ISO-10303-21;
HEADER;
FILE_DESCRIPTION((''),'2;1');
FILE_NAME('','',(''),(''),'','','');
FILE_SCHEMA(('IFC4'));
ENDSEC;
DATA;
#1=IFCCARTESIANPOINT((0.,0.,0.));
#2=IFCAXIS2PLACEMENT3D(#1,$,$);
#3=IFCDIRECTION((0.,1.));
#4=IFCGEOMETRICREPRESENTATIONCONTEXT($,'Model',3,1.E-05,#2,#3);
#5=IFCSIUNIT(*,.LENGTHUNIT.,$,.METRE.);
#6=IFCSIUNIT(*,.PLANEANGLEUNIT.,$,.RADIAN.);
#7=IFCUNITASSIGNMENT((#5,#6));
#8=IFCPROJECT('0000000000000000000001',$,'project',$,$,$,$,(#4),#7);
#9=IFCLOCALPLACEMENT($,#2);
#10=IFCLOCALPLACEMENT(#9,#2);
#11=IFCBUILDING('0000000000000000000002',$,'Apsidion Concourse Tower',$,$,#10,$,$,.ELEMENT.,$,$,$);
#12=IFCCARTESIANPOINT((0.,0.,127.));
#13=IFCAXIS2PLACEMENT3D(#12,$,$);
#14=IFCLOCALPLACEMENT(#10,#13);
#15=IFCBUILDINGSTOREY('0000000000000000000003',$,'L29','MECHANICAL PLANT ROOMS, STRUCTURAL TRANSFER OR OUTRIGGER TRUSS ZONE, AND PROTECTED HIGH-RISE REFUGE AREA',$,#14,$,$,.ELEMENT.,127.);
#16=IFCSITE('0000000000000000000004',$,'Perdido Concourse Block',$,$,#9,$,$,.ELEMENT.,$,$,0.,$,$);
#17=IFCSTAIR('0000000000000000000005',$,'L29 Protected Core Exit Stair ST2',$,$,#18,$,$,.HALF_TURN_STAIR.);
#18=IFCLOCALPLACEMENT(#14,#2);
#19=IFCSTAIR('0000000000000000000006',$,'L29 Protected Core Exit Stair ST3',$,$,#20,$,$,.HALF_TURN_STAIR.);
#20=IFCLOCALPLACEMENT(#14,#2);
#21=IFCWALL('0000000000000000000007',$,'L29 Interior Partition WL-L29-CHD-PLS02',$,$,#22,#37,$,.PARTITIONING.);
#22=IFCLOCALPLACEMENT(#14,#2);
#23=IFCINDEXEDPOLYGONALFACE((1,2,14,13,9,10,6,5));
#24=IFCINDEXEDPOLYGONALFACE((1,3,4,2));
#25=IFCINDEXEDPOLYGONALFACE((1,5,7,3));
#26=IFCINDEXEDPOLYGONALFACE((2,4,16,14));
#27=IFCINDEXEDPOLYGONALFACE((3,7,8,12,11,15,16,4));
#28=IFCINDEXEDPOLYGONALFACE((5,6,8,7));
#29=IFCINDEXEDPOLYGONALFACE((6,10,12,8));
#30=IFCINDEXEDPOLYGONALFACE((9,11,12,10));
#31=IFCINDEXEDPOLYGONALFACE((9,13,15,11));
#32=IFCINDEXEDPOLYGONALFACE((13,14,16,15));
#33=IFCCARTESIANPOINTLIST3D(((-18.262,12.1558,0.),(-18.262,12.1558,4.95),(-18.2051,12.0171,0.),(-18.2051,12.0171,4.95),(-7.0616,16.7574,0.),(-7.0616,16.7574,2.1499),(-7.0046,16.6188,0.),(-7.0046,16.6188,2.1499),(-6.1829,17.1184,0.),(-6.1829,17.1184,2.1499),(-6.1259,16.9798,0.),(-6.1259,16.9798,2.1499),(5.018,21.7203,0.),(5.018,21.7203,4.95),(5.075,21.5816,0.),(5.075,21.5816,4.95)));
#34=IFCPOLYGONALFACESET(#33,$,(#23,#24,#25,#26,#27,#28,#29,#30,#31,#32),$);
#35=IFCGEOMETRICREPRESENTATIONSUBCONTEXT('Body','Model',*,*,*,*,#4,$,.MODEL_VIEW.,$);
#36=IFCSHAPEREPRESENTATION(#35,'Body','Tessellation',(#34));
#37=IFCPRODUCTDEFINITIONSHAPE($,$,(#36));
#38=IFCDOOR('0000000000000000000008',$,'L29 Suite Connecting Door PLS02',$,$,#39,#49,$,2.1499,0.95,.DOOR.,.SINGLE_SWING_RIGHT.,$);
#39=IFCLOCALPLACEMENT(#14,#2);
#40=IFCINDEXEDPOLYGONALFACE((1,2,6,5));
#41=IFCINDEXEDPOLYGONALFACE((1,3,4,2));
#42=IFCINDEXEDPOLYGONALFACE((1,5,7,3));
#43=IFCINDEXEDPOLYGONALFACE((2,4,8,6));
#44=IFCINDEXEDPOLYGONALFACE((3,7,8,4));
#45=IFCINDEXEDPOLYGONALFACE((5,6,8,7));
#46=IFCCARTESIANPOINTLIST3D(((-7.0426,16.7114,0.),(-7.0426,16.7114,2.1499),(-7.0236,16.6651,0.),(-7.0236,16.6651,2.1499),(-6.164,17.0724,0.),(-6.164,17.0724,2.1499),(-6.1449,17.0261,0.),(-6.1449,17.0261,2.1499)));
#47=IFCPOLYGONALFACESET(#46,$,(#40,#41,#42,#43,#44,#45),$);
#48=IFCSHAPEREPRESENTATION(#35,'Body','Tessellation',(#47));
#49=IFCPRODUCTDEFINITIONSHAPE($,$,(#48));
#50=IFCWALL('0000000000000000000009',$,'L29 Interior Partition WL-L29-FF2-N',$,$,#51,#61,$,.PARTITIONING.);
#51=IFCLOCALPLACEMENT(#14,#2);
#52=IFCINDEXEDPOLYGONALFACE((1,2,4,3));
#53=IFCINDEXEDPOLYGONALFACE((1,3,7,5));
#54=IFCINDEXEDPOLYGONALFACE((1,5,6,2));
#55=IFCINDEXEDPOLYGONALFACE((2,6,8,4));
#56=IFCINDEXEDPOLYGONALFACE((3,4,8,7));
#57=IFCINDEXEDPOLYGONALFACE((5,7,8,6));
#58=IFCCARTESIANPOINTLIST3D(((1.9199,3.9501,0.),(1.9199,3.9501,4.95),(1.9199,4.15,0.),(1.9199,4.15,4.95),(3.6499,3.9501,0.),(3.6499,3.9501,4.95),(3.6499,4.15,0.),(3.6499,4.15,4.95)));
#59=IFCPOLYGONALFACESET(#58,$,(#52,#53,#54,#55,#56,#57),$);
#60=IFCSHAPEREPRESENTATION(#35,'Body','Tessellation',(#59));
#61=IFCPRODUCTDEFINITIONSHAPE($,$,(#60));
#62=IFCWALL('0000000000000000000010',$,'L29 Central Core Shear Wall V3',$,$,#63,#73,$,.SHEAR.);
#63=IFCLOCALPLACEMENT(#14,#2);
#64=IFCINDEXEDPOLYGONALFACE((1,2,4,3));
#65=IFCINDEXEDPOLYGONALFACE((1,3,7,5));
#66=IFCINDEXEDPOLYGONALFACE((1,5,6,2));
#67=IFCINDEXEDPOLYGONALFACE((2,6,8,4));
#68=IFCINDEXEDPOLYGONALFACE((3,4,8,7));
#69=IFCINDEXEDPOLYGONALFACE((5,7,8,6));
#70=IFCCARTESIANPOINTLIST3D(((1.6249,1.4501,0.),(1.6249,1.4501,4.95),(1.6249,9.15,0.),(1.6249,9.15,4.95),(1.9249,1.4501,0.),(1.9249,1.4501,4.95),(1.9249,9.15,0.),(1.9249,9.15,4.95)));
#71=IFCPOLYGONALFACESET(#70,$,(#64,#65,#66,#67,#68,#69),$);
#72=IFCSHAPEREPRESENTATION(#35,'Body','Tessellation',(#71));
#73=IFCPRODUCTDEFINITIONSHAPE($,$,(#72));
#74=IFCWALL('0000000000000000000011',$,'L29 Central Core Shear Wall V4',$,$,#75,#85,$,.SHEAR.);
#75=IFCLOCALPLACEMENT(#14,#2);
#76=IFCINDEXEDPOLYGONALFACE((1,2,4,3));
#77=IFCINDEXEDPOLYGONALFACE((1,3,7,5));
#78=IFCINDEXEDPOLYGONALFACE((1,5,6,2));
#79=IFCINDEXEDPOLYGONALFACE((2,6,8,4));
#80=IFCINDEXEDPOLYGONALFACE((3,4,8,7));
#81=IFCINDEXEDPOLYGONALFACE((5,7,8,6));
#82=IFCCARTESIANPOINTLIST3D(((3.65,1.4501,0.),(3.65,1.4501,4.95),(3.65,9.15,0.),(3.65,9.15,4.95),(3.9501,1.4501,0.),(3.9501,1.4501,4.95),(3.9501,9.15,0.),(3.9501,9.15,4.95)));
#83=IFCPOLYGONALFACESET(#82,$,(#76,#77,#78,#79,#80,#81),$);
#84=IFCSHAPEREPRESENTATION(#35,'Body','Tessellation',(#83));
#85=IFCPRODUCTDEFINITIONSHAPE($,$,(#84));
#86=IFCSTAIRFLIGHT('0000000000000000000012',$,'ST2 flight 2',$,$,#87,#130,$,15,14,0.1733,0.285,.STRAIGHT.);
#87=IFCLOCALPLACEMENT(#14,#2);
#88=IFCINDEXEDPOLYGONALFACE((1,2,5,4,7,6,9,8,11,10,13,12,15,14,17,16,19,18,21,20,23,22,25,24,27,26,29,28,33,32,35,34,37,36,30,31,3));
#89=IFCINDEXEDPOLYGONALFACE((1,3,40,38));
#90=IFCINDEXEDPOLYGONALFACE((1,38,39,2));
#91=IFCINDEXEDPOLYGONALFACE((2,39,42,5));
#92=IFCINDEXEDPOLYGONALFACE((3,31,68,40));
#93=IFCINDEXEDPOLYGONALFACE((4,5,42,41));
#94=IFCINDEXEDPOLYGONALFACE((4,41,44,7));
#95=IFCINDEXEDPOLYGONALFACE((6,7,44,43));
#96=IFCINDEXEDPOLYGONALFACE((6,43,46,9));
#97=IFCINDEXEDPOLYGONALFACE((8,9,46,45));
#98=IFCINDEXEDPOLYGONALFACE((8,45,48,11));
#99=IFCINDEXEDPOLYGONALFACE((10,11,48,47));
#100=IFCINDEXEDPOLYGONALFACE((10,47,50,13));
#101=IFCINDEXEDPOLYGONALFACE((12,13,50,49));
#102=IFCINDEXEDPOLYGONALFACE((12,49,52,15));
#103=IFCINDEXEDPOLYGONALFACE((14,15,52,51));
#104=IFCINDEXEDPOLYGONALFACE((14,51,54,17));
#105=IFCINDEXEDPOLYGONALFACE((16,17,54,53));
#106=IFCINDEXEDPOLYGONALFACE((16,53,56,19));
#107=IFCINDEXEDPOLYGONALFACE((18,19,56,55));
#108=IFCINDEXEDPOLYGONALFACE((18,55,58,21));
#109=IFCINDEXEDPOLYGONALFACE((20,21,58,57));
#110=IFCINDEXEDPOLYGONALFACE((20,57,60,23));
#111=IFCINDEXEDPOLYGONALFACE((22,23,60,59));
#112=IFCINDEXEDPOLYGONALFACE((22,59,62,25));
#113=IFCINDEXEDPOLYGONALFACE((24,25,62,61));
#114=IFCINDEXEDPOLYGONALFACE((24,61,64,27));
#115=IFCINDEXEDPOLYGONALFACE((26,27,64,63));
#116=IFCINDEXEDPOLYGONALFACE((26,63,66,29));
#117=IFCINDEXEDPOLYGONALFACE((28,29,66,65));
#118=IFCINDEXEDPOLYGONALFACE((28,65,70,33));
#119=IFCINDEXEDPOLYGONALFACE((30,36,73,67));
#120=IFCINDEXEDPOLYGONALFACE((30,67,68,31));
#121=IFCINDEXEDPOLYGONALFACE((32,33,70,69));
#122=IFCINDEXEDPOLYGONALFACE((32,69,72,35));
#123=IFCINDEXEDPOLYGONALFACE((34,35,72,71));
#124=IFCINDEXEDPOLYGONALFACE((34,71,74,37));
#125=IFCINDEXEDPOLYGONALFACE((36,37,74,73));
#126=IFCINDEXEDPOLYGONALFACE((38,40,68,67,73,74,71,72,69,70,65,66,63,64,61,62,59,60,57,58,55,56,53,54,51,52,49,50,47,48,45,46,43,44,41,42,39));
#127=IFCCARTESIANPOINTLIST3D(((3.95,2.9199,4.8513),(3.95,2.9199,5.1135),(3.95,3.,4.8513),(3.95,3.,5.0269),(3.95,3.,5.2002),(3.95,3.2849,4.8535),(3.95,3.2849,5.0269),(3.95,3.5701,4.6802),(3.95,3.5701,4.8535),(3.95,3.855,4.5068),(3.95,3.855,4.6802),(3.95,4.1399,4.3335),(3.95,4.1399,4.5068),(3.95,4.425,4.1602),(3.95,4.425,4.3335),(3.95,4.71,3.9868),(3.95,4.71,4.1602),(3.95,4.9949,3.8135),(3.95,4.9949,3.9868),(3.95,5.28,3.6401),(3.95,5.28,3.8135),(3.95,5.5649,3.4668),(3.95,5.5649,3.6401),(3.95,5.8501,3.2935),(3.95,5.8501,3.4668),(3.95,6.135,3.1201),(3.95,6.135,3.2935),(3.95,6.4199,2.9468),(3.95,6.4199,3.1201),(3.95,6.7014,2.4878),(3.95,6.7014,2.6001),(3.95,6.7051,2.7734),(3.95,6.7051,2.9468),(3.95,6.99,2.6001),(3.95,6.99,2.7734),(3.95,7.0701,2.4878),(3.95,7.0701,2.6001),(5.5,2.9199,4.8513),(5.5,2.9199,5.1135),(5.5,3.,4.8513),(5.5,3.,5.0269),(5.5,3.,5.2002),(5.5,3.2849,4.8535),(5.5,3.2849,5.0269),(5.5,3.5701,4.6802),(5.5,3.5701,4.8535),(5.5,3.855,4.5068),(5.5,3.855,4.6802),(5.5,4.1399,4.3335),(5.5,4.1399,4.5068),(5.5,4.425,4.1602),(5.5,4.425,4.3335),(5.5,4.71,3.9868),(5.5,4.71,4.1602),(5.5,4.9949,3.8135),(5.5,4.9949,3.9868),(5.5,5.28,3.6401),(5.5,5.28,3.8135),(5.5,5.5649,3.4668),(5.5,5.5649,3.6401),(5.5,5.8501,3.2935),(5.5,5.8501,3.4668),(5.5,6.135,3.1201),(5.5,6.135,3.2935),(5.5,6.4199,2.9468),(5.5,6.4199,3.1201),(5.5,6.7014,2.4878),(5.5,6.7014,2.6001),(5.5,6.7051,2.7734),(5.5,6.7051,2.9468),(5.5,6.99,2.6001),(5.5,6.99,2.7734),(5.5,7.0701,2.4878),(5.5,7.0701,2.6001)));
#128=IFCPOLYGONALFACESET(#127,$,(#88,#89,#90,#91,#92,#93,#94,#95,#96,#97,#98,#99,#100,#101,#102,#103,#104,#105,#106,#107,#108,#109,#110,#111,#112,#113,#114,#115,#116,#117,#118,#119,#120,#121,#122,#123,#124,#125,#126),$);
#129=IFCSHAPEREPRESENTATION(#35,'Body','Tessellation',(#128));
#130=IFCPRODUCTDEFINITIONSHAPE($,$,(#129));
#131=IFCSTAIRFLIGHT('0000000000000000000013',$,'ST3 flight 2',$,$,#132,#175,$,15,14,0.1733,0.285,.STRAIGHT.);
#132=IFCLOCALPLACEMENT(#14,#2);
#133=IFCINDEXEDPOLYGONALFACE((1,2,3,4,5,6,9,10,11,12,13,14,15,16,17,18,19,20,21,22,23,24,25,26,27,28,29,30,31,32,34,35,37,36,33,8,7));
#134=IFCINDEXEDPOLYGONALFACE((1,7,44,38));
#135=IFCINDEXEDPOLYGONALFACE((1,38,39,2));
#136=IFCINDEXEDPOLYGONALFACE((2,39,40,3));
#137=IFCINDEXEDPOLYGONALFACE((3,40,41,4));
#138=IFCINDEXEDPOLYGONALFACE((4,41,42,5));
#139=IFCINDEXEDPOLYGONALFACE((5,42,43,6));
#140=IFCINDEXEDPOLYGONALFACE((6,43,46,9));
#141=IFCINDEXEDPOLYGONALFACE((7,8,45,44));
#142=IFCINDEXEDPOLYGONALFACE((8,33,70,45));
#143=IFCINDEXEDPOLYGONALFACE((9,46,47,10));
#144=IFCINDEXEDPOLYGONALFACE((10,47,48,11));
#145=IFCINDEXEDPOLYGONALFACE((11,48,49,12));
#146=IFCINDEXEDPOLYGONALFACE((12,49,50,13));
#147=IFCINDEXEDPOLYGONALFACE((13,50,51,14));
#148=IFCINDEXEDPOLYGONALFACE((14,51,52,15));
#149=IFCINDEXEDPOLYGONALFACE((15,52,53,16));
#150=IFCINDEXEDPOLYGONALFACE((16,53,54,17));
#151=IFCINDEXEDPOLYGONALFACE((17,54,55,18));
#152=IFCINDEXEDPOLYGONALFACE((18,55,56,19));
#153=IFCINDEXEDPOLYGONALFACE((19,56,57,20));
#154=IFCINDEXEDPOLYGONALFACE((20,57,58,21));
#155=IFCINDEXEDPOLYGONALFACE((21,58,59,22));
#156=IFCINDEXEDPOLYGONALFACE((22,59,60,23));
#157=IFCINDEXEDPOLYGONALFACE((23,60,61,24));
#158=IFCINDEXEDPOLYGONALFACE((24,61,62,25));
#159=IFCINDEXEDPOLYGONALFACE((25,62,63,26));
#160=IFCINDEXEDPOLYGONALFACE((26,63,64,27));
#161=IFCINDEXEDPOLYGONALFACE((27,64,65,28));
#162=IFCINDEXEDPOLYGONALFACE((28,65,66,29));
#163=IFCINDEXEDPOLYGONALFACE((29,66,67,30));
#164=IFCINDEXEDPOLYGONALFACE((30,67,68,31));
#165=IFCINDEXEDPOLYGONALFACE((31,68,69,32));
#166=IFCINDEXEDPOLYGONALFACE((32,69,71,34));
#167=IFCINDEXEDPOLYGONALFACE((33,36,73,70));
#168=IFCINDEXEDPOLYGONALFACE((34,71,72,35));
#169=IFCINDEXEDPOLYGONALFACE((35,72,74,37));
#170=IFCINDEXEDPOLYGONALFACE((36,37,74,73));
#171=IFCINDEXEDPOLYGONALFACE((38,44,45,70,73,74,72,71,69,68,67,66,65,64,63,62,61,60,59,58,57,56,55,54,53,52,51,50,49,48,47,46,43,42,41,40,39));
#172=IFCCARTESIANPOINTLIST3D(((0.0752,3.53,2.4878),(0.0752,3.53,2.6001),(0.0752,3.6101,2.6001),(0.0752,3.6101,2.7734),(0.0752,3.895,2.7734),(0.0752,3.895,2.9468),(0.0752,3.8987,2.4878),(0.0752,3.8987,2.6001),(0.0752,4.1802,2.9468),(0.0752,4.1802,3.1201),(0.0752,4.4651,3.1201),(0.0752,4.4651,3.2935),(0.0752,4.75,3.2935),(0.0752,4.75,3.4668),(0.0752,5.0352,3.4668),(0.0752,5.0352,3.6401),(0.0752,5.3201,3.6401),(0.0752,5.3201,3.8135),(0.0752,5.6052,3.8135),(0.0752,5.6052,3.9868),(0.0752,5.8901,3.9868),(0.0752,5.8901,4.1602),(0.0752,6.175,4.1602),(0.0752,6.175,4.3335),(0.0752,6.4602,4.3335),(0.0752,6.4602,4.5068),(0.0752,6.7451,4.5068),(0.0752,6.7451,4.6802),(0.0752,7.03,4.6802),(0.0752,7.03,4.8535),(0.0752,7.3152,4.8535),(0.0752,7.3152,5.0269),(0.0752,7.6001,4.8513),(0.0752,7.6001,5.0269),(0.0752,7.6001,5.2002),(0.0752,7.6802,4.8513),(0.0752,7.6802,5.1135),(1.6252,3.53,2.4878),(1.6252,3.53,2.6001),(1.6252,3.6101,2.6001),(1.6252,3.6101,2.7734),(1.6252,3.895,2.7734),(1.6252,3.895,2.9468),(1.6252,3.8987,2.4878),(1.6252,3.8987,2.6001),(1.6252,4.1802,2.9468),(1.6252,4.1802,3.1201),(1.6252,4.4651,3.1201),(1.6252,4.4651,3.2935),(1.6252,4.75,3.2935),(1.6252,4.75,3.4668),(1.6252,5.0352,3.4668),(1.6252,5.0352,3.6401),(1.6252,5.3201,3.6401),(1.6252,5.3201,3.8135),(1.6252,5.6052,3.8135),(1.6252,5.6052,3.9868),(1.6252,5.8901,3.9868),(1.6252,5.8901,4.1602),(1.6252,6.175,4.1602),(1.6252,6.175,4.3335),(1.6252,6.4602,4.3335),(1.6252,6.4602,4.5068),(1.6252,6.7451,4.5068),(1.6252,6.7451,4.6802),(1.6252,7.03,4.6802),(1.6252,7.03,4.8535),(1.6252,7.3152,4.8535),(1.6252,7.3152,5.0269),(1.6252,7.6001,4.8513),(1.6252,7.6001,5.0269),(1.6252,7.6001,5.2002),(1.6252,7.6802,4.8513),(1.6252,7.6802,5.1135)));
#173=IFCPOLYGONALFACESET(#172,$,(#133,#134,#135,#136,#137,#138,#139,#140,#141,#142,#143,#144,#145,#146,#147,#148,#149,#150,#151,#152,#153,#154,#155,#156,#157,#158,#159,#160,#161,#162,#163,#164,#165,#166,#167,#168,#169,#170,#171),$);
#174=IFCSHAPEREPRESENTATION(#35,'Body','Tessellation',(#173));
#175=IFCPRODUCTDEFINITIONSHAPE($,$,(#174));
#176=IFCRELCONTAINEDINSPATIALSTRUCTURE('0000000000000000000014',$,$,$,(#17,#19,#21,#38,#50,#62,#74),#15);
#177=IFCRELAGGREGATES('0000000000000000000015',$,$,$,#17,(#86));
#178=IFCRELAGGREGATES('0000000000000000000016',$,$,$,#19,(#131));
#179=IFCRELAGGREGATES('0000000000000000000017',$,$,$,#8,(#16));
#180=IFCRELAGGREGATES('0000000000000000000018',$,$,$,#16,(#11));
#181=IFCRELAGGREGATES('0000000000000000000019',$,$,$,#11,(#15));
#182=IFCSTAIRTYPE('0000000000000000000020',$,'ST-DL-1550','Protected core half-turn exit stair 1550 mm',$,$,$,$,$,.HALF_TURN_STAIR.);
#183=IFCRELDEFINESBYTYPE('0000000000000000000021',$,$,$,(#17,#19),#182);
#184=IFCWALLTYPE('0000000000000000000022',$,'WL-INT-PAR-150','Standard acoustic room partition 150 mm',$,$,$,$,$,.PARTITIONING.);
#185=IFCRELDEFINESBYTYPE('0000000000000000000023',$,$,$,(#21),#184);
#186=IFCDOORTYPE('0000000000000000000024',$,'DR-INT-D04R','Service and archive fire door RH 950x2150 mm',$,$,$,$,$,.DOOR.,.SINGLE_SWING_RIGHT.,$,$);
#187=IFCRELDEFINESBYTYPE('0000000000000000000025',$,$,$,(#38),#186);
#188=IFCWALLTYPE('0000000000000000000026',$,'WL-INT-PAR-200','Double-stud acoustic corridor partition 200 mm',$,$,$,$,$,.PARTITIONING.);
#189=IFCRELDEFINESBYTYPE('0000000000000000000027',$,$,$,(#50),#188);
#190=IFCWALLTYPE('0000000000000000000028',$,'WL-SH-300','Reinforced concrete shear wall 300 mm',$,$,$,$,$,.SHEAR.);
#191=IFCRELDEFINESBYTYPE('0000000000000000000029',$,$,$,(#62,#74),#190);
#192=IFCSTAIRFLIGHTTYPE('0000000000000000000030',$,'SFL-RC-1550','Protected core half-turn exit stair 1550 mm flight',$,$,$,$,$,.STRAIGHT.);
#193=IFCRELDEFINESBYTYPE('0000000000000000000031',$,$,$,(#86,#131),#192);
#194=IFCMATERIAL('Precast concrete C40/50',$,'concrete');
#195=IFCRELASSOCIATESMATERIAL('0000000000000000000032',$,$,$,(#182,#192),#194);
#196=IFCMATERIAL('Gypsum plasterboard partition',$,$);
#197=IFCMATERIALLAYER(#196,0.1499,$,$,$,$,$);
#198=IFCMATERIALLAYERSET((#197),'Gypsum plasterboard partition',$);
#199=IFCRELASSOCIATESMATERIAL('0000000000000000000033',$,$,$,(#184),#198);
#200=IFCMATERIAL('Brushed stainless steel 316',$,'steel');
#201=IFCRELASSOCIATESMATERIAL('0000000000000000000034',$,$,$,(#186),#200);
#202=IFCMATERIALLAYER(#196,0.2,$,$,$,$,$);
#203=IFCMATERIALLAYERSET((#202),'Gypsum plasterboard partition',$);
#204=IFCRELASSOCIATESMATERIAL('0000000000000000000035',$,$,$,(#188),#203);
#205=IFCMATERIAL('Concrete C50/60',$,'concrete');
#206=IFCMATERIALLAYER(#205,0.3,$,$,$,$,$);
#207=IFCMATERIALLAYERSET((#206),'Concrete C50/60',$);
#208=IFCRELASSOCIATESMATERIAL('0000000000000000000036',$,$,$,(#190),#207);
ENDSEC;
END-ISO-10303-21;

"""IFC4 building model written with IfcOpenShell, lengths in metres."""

from ifc_helpers import new_model, si_unit, direction, frame, frame_2d, origin, place, context, subcontext, project, spatial, polyline, rectangle, outline, extrude, material, layer, layer_set, type_object, element, fill, aggregate, save


model = new_model("IFC4")

# Units and contexts
model_context = context("Model", 3, precision=1e-05, world=origin(), true_north=direction((0.0, 1.0)))
body_context = subcontext(model_context, "Body", "Model", "MODEL_VIEW")
ifc_project = project(units=[si_unit("LENGTHUNIT", "METRE"), si_unit("PLANEANGLEUNIT", "RADIAN")], contexts=[model_context])

# Site, building, storey
site_placement = place(None, origin())
site = spatial("IfcSite", under=ifc_project, at=site_placement, Name="Perdido Concourse Block", CompositionType="ELEMENT", RefElevation=0.0)
building_placement = place(site_placement, origin())
building = spatial("IfcBuilding", under=site, at=building_placement, Name="Apsidion Concourse Tower", CompositionType="ELEMENT")
storey_placement = place(building_placement, frame((0.0, 0.0, 127.0)))
storey = spatial("IfcBuildingStorey", under=building, at=storey_placement, Name="L29", Description="MECHANICAL PLANT ROOMS, STRUCTURAL TRANSFER OR OUTRIGGER TRUSS ZONE, AND PROTECTED HIGH-RISE REFUGE AREA", CompositionType="ELEMENT", Elevation=127.0)

# Shared definitions
ifc_material_1 = material(Name="Concrete C50/60", Category="concrete")

# Stairs
ifc_material_2 = material(Name="Precast concrete C40/50", Category="concrete")
stair_type = type_object("IfcStairType", Name="ST-DL-1550", Description="Protected core half-turn exit stair 1550 mm", PredefinedType="HALF_TURN_STAIR", material=ifc_material_2)
stair_1_placement = place(storey_placement, origin())
stair_1 = element("IfcStair", 1, at=stair_1_placement, inside=storey, type_object=stair_type, Name="L29 Protected Core Exit Stair ST2", PredefinedType="HALF_TURN_STAIR")
stair_2_placement = place(storey_placement, origin())
stair_2 = element("IfcStair", 2, at=stair_2_placement, inside=storey, type_object=stair_type, Name="L29 Protected Core Exit Stair ST3", PredefinedType="HALF_TURN_STAIR")

# Shared definitions
ifc_material_3 = material(Name="Gypsum plasterboard partition")
ifc_layer_1 = layer(ifc_material_3, 0.1499)
ifc_layer_set_1 = layer_set([ifc_layer_1], Name="Gypsum plasterboard partition")
wall_type_1 = type_object("IfcWallType", Name="WL-INT-PAR-150", Description="Standard acoustic room partition 150 mm", PredefinedType="PARTITIONING", material=ifc_layer_set_1)

# Wall, opening, door
wall_1_placement = place(storey_placement, frame((5.0464, 21.6509, 0.0), z_axis=(0.0, 0.0, 1.0), x_axis=(-0.924978, -0.380021, 0.0)))
wall_1 = element("IfcWall", 3, at=wall_1_placement, inside=storey, type_object=wall_type_1, Name="L29 Interior Partition WL-L29-CHD-PLS02", PredefinedType="PARTITIONING", context=body_context, shape_type="SweptSolid", body=[
    extrude(rectangle(XDim=25.1682, YDim=0.1499, at=frame_2d((12.584, 0.0))), origin(), (0.0, 0.0, 1.0), 4.95),
])
opening_placement = place(wall_1_placement, frame((12.1091, 0.0, 0.0)))
opening = element("IfcOpeningElement", 4, at=opening_placement, cuts=wall_1, PredefinedType="OPENING", context=body_context, shape_type="SweptSolid", body=[
    extrude(rectangle(XDim=0.95, YDim=2.1499, at=frame_2d((0.4751, 1.075))), frame((0.0, 0.085, 0.0), z_axis=(0.0, -1.0, 0.0), x_axis=(1.0, 0.0, 0.0)), (0.0, 0.0, 1.0), 0.1699),
])
ifc_material_4 = material(Name="Brushed stainless steel 316", Category="steel")
door_type = type_object("IfcDoorType", Name="DR-INT-D04R", Description="Service and archive fire door RH 950x2150 mm", OperationType="SINGLE_SWING_RIGHT", PredefinedType="DOOR", material=ifc_material_4)
door_placement = place(opening_placement, origin())
door = element("IfcDoor", 5, at=door_placement, inside=storey, type_object=door_type, Name="L29 Suite Connecting Door PLS02", OperationType="SINGLE_SWING_RIGHT", OverallHeight=2.1499, OverallWidth=0.95, PredefinedType="DOOR", context=body_context, shape_type="SweptSolid", body=[
    extrude(rectangle(XDim=0.95, YDim=2.1499, at=frame_2d((0.4751, 1.075))), frame((0.0, 0.0249, 0.0), z_axis=(0.0, -1.0, 0.0), x_axis=(1.0, 0.0, 0.0)), (0.0, 0.0, 1.0), 0.05),
])
fill(opening, door)

# Walls
ifc_layer_2 = layer(ifc_material_3, 0.2)
ifc_layer_set_2 = layer_set([ifc_layer_2], Name="Gypsum plasterboard partition")
wall_type_2 = type_object("IfcWallType", Name="WL-INT-PAR-200", Description="Double-stud acoustic corridor partition 200 mm", PredefinedType="PARTITIONING", material=ifc_layer_set_2)
wall_2_placement = place(storey_placement, frame((1.9199, 4.05, 0.0), z_axis=(0.0, 0.0, 1.0), x_axis=(1.0, 0.0, 0.0)))
element("IfcWall", 6, at=wall_2_placement, inside=storey, type_object=wall_type_2, Name="L29 Interior Partition WL-L29-FF2-N", PredefinedType="PARTITIONING", context=body_context, shape_type="SweptSolid", body=[
    extrude(rectangle(XDim=1.73, YDim=0.2, at=frame_2d((0.865, 0.0))), origin(), (0.0, 0.0, 1.0), 4.95),
])
ifc_layer_3 = layer(ifc_material_1, 0.3)
ifc_layer_set_3 = layer_set([ifc_layer_3], Name="Concrete C50/60")
wall_type_3 = type_object("IfcWallType", Name="WL-SH-300", Description="Reinforced concrete shear wall 300 mm", PredefinedType="SHEAR", material=ifc_layer_set_3)
for number, where, z_axis, x_axis, name in (
    (7, (1.7749, 1.45, 0.0), (0.0, 0.0, 1.0), (0.0, 1.0, 0.0), "L29 Central Core Shear Wall V3"),
    (8, (3.8, 1.45, 0.0), (0.0, 0.0, 1.0), (0.0, 1.0, 0.0), "L29 Central Core Shear Wall V4"),
):
    element("IfcWall", number, at=place(storey_placement, frame(where, z_axis=z_axis, x_axis=x_axis)), inside=storey, type_object=wall_type_3, Name=name, PredefinedType="SHEAR", context=body_context, shape_type="SweptSolid", body=[
        extrude(rectangle(XDim=7.7, YDim=0.3, at=frame_2d((3.8501, 0.0))), origin(), (0.0, 0.0, 1.0), 4.95),
    ])

# Stair flights
stair_flight_type = type_object("IfcStairFlightType", Name="SFL-RC-1550", Description="Protected core half-turn exit stair 1550 mm flight", PredefinedType="STRAIGHT", material=ifc_material_2)
stair_flight_1_placement = place(storey_placement, frame((4.7251, 6.99, 2.6001), z_axis=(0.0, 0.0, 1.0), x_axis=(0.0, -1.0, 0.0)))
stair_flight_1 = element("IfcStairFlight", 9, at=stair_flight_1_placement, type_object=stair_flight_type, Name="ST2 flight 2", NumberOfRisers=15, NumberOfTreads=14, PredefinedType="STRAIGHT", RiserHeight=0.1733, TreadLength=0.285, context=body_context, shape_type="SweptSolid", body=[
    extrude(outline(polyline([(-0.0801, -0.1123), (-0.0801, 0.0), (0.0, 0.0), (0.0, 0.1733), (0.2849, 0.1733), (0.2849, 0.3467), (0.5701, 0.3467), (0.5701, 0.52), (0.855, 0.52), (0.855, 0.6934), (1.1399, 0.6934), (1.1399, 0.8667), (1.425, 0.8667), (1.425, 1.04), (1.71, 1.04), (1.71, 1.2134), (1.9951, 1.2134), (1.9951, 1.3867), (2.28, 1.3867), (2.28, 1.5601), (2.5649, 1.5601), (2.5649, 1.7334), (2.8501, 1.7334), (2.8501, 1.9067), (3.135, 1.9067), (3.135, 2.0801), (3.4199, 2.0801), (3.4199, 2.2534), (3.7051, 2.2534), (3.7051, 2.4268), (3.99, 2.4268), (3.99, 2.6001), (4.0701, 2.5134), (4.0701, 2.2512), (3.99, 2.2512), (0.2886, 0.0), (0.2886, -0.1123), (-0.0801, -0.1123)])), frame((0.0, 0.7749, 0.0), z_axis=(0.0, -1.0, 0.0), x_axis=(1.0, 0.0, 0.0)), (0.0, 0.0, 1.0), 1.55),
])
aggregate(stair_1, [stair_flight_1])
stair_flight_2_placement = place(storey_placement, frame((0.8501, 3.6101, 2.6001), z_axis=(0.0, 0.0, 1.0), x_axis=(0.0, 1.0, 0.0)))
stair_flight_2 = element("IfcStairFlight", 10, at=stair_flight_2_placement, type_object=stair_flight_type, Name="ST3 flight 2", NumberOfRisers=15, NumberOfTreads=14, PredefinedType="STRAIGHT", RiserHeight=0.1733, TreadLength=0.285, context=body_context, shape_type="SweptSolid", body=[
    extrude(outline(polyline([(-0.0801, -0.1123), (-0.0801, 0.0), (0.0, 0.0), (0.0, 0.1733), (0.2849, 0.1733), (0.2849, 0.3467), (0.5701, 0.3467), (0.5701, 0.52), (0.855, 0.52), (0.855, 0.6934), (1.1399, 0.6934), (1.1399, 0.8667), (1.425, 0.8667), (1.425, 1.04), (1.71, 1.04), (1.71, 1.2134), (1.9951, 1.2134), (1.9951, 1.3867), (2.28, 1.3867), (2.28, 1.5601), (2.5649, 1.5601), (2.5649, 1.7334), (2.8501, 1.7334), (2.8501, 1.9067), (3.135, 1.9067), (3.135, 2.0801), (3.4199, 2.0801), (3.4199, 2.2534), (3.7051, 2.2534), (3.7051, 2.4268), (3.99, 2.4268), (3.99, 2.6001), (4.0701, 2.5134), (4.0701, 2.2512), (3.99, 2.2512), (0.2886, 0.0), (0.2886, -0.1123), (-0.0801, -0.1123)])), frame((0.0, 0.7749, 0.0), z_axis=(0.0, -1.0, 0.0), x_axis=(1.0, 0.0, 0.0)), (0.0, 0.0, 1.0), 1.55),
])
aggregate(stair_2, [stair_flight_2])

save(model, "model.ifc")
